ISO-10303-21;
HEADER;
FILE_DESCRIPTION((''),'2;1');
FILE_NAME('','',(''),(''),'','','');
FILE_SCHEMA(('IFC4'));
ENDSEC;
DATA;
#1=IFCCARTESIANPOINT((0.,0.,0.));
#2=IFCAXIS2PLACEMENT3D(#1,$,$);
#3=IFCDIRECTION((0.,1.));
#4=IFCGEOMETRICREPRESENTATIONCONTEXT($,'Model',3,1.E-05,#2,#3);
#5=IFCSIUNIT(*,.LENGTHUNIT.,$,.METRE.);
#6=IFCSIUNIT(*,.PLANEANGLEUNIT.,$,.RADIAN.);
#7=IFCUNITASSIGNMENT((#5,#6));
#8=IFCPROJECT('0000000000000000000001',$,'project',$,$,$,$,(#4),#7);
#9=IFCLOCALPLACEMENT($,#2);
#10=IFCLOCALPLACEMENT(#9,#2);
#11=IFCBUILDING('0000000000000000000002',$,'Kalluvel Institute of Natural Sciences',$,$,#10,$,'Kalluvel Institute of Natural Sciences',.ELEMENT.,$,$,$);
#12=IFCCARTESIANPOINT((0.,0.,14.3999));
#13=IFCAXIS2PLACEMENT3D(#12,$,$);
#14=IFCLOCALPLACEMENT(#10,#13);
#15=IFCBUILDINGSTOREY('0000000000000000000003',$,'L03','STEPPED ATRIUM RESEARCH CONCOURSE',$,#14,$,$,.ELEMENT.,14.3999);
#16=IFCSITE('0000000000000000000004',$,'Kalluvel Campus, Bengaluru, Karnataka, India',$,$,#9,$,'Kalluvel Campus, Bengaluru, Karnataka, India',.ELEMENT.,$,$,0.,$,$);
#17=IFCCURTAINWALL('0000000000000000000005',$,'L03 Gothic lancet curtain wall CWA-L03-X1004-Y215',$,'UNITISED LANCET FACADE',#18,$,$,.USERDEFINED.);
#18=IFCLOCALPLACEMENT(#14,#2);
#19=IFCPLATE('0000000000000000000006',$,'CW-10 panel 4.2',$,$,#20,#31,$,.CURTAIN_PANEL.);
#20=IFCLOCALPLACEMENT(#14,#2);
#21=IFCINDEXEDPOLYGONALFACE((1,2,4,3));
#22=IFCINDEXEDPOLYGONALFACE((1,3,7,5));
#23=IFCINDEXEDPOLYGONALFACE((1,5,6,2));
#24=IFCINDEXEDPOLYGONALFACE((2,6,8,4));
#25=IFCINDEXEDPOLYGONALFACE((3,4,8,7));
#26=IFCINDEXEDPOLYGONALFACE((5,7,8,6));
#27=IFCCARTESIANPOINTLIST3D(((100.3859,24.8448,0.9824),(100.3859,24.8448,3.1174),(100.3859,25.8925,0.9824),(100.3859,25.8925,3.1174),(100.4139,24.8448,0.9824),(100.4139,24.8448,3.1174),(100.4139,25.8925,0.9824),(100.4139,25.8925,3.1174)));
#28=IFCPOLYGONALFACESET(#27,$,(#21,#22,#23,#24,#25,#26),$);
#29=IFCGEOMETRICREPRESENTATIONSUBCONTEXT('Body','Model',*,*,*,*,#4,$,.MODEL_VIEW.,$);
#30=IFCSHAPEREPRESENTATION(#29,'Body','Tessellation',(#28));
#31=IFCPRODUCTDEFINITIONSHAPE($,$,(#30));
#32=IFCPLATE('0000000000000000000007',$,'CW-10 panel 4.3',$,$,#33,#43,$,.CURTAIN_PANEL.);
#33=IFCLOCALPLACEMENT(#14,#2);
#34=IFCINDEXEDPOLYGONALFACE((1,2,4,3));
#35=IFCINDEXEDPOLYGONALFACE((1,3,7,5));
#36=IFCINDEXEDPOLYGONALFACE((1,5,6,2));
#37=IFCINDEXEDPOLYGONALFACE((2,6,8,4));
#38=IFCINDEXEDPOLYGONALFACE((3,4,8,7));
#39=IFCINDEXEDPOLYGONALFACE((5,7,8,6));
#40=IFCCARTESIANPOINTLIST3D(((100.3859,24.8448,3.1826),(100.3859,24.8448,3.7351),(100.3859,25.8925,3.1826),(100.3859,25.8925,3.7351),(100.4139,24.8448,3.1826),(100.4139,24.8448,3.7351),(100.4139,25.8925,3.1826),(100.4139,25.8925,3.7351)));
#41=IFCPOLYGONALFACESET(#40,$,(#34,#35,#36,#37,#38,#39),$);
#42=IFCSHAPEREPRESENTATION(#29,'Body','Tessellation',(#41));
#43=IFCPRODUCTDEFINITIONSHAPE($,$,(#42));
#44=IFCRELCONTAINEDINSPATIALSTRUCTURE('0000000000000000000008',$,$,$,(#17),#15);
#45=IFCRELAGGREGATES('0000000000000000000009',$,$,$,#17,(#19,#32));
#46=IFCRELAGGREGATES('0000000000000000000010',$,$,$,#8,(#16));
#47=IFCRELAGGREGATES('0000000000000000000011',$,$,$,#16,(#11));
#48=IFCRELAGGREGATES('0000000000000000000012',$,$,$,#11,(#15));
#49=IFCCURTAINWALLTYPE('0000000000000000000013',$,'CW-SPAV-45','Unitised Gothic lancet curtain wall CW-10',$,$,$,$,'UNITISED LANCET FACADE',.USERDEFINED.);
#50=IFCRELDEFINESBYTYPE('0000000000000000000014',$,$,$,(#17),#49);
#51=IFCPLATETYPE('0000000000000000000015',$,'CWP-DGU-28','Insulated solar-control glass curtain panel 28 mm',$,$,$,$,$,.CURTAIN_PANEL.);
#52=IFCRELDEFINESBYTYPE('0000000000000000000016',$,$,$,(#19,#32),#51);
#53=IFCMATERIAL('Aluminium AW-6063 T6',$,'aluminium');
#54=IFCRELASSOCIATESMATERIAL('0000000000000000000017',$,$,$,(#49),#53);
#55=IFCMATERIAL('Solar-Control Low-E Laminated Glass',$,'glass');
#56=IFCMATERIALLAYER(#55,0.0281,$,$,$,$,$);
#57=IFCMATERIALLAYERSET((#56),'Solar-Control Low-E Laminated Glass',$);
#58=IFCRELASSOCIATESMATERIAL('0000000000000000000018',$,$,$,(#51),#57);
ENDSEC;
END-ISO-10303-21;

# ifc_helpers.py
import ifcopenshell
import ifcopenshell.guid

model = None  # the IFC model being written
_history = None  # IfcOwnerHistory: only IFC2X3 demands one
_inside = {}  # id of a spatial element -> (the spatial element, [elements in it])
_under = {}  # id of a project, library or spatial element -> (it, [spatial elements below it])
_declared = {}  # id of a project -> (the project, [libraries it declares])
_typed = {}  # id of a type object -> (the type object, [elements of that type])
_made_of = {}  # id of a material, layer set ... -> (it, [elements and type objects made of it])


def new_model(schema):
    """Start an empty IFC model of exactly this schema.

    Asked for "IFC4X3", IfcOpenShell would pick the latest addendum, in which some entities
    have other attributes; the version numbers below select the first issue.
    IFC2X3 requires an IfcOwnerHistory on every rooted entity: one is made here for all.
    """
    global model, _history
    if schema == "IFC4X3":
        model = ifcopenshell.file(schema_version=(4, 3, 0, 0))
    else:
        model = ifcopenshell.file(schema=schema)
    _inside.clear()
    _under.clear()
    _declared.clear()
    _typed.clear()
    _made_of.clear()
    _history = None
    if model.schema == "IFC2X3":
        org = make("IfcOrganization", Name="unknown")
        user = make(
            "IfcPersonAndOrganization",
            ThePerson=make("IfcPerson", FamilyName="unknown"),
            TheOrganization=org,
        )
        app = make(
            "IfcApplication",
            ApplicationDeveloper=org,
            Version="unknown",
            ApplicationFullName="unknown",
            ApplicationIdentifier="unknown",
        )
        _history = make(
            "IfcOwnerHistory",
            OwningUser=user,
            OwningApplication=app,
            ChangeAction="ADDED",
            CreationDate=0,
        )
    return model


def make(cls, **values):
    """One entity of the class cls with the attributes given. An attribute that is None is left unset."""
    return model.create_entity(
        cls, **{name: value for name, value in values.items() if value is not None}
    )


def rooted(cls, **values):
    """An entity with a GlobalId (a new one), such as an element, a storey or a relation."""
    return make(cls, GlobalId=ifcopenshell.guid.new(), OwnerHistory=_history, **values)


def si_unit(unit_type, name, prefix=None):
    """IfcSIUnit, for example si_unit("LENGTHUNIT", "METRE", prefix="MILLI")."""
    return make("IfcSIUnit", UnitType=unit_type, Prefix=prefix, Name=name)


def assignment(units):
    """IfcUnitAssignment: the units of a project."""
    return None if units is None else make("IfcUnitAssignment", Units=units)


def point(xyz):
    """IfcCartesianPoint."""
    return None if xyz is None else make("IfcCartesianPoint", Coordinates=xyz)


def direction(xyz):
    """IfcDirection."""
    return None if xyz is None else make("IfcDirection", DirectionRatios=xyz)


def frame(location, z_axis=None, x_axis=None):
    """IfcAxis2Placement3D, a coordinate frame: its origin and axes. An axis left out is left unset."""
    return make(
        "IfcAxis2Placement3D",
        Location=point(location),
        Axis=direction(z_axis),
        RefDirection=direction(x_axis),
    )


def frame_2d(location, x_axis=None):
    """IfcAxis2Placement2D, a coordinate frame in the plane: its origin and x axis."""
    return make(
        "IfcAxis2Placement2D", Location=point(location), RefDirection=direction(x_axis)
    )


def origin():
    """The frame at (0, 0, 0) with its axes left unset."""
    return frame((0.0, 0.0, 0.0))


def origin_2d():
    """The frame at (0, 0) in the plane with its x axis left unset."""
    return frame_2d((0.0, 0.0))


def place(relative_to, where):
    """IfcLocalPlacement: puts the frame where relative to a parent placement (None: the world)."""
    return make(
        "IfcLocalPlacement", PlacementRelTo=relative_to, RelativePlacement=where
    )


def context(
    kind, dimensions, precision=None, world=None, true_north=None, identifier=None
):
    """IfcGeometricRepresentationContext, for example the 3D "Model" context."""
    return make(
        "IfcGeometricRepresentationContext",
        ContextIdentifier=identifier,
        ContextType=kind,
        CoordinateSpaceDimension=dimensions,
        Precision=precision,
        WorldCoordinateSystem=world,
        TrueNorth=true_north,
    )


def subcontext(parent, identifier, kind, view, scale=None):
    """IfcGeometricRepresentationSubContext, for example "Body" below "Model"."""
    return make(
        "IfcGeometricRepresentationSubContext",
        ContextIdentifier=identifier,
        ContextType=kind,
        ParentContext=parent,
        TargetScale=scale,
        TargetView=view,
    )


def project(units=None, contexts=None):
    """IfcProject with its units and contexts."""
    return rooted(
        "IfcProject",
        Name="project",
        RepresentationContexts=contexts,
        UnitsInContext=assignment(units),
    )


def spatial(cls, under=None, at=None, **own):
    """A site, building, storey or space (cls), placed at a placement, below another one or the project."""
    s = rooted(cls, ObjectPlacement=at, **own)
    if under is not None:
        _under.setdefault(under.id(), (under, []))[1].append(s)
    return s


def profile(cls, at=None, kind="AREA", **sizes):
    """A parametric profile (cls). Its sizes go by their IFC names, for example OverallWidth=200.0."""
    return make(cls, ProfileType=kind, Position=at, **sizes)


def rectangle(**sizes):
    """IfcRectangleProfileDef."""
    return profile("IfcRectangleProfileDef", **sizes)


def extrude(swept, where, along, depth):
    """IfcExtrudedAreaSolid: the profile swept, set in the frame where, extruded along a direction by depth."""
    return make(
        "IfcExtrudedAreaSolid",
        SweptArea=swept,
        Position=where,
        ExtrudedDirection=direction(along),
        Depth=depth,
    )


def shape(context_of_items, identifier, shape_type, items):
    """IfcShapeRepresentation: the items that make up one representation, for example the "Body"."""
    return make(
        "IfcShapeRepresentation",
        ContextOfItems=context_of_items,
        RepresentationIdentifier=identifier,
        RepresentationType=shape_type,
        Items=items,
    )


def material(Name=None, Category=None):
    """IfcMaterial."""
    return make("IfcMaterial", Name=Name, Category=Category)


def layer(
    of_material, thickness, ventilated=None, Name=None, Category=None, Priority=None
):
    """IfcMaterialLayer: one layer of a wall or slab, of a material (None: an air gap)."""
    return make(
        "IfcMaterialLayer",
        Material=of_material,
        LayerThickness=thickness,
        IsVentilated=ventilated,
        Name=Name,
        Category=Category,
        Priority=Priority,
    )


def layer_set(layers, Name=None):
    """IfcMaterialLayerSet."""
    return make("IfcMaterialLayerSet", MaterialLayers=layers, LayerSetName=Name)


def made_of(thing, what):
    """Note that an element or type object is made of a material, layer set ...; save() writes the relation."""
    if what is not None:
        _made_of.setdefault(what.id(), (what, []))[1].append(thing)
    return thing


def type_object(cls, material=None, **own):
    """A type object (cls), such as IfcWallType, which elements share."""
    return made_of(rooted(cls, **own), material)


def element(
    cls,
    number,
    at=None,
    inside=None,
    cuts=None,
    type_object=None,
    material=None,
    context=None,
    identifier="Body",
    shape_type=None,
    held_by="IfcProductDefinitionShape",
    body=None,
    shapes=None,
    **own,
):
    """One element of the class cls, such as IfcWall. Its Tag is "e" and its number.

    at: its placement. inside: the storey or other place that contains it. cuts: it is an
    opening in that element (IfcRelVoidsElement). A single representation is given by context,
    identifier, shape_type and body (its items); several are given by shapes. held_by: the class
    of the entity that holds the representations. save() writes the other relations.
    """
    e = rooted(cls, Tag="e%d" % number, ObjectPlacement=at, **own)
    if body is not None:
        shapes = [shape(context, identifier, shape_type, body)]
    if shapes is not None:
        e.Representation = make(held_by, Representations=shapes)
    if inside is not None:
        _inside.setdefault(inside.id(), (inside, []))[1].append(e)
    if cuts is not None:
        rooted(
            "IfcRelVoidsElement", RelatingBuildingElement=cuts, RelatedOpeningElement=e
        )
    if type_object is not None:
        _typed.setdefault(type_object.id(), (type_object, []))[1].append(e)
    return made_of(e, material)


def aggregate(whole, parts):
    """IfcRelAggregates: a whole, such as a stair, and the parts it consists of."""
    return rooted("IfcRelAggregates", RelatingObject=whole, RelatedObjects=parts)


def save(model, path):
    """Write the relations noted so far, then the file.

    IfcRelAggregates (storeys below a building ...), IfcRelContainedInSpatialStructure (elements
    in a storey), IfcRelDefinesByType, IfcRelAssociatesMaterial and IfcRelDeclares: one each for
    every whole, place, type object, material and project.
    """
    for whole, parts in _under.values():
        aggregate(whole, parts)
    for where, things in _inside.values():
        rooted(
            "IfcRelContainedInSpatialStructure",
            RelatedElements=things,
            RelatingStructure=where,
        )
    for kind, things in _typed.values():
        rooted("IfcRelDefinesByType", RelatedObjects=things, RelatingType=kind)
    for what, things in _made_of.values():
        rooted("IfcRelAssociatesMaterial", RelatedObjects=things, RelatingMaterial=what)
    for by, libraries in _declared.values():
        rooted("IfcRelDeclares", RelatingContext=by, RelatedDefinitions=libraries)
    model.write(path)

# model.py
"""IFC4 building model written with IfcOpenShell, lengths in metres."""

from ifc_helpers import new_model, si_unit, direction, frame, origin, origin_2d, place, context, subcontext, project, spatial, rectangle, extrude, material, layer, layer_set, type_object, element, aggregate, save


model = new_model("IFC4")

# Units and contexts
model_context = context("Model", 3, precision=1e-05, world=origin(), true_north=direction((0.0, 1.0)))
body_context = subcontext(model_context, "Body", "Model", "MODEL_VIEW")
ifc_project = project(units=[si_unit("LENGTHUNIT", "METRE"), si_unit("PLANEANGLEUNIT", "RADIAN")], contexts=[model_context])

# Site, building, storey
site_placement = place(None, origin())
site = spatial("IfcSite", under=ifc_project, at=site_placement, Name="Kalluvel Campus, Bengaluru, Karnataka, India", LongName="Kalluvel Campus, Bengaluru, Karnataka, India", CompositionType="ELEMENT", RefElevation=0.0)
building_placement = place(site_placement, origin())
building = spatial("IfcBuilding", under=site, at=building_placement, Name="Kalluvel Institute of Natural Sciences", LongName="Kalluvel Institute of Natural Sciences", CompositionType="ELEMENT")
storey_placement = place(building_placement, frame((0.0, 0.0, 14.3999)))
storey = spatial("IfcBuildingStorey", under=building, at=storey_placement, Name="L03", Description="STEPPED ATRIUM RESEARCH CONCOURSE", CompositionType="ELEMENT", Elevation=14.3999)

# Curtain wall, plates
ifc_material_1 = material(Name="Aluminium AW-6063 T6", Category="aluminium")
curtain_wall_type = type_object("IfcCurtainWallType", Name="CW-SPAV-45", Description="Unitised Gothic lancet curtain wall CW-10", ElementType="UNITISED LANCET FACADE", PredefinedType="USERDEFINED", material=ifc_material_1)
curtain_wall_placement = place(storey_placement, origin())
curtain_wall = element("IfcCurtainWall", 1, at=curtain_wall_placement, inside=storey, type_object=curtain_wall_type, Name="L03 Gothic lancet curtain wall CWA-L03-X1004-Y215", ObjectType="UNITISED LANCET FACADE", PredefinedType="USERDEFINED")
ifc_material_2 = material(Name="Solar-Control Low-E Laminated Glass", Category="glass")
ifc_layer = layer(ifc_material_2, 0.0281)
ifc_layer_set = layer_set([ifc_layer], Name="Solar-Control Low-E Laminated Glass")
plate_type = type_object("IfcPlateType", Name="CWP-DGU-28", Description="Insulated solar-control glass curtain panel 28 mm", PredefinedType="CURTAIN_PANEL", material=ifc_layer_set)
plate_1_placement = place(storey_placement, frame((100.3999, 25.3687, 0.9824), z_axis=(0.0, 0.0, 1.0), x_axis=(0.0, 1.0, 0.0)))
plate_1 = element("IfcPlate", 2, at=plate_1_placement, type_object=plate_type, Name="CW-10 panel 4.2", PredefinedType="CURTAIN_PANEL", context=body_context, shape_type="SweptSolid", body=[
    extrude(rectangle(XDim=1.0476, YDim=0.0281, at=origin_2d()), origin(), (0.0, 0.0, 1.0), 2.135),
])
plate_2_placement = place(storey_placement, frame((100.3999, 25.3687, 3.1826), z_axis=(0.0, 0.0, 1.0), x_axis=(0.0, 1.0, 0.0)))
plate_2 = element("IfcPlate", 3, at=plate_2_placement, type_object=plate_type, Name="CW-10 panel 4.3", PredefinedType="CURTAIN_PANEL", context=body_context, shape_type="SweptSolid", body=[
    extrude(rectangle(XDim=1.0476, YDim=0.0281, at=origin_2d()), origin(), (0.0, 0.0, 1.0), 0.5525),
])
aggregate(curtain_wall, [plate_1, plate_2])

save(model, "model.ifc")
